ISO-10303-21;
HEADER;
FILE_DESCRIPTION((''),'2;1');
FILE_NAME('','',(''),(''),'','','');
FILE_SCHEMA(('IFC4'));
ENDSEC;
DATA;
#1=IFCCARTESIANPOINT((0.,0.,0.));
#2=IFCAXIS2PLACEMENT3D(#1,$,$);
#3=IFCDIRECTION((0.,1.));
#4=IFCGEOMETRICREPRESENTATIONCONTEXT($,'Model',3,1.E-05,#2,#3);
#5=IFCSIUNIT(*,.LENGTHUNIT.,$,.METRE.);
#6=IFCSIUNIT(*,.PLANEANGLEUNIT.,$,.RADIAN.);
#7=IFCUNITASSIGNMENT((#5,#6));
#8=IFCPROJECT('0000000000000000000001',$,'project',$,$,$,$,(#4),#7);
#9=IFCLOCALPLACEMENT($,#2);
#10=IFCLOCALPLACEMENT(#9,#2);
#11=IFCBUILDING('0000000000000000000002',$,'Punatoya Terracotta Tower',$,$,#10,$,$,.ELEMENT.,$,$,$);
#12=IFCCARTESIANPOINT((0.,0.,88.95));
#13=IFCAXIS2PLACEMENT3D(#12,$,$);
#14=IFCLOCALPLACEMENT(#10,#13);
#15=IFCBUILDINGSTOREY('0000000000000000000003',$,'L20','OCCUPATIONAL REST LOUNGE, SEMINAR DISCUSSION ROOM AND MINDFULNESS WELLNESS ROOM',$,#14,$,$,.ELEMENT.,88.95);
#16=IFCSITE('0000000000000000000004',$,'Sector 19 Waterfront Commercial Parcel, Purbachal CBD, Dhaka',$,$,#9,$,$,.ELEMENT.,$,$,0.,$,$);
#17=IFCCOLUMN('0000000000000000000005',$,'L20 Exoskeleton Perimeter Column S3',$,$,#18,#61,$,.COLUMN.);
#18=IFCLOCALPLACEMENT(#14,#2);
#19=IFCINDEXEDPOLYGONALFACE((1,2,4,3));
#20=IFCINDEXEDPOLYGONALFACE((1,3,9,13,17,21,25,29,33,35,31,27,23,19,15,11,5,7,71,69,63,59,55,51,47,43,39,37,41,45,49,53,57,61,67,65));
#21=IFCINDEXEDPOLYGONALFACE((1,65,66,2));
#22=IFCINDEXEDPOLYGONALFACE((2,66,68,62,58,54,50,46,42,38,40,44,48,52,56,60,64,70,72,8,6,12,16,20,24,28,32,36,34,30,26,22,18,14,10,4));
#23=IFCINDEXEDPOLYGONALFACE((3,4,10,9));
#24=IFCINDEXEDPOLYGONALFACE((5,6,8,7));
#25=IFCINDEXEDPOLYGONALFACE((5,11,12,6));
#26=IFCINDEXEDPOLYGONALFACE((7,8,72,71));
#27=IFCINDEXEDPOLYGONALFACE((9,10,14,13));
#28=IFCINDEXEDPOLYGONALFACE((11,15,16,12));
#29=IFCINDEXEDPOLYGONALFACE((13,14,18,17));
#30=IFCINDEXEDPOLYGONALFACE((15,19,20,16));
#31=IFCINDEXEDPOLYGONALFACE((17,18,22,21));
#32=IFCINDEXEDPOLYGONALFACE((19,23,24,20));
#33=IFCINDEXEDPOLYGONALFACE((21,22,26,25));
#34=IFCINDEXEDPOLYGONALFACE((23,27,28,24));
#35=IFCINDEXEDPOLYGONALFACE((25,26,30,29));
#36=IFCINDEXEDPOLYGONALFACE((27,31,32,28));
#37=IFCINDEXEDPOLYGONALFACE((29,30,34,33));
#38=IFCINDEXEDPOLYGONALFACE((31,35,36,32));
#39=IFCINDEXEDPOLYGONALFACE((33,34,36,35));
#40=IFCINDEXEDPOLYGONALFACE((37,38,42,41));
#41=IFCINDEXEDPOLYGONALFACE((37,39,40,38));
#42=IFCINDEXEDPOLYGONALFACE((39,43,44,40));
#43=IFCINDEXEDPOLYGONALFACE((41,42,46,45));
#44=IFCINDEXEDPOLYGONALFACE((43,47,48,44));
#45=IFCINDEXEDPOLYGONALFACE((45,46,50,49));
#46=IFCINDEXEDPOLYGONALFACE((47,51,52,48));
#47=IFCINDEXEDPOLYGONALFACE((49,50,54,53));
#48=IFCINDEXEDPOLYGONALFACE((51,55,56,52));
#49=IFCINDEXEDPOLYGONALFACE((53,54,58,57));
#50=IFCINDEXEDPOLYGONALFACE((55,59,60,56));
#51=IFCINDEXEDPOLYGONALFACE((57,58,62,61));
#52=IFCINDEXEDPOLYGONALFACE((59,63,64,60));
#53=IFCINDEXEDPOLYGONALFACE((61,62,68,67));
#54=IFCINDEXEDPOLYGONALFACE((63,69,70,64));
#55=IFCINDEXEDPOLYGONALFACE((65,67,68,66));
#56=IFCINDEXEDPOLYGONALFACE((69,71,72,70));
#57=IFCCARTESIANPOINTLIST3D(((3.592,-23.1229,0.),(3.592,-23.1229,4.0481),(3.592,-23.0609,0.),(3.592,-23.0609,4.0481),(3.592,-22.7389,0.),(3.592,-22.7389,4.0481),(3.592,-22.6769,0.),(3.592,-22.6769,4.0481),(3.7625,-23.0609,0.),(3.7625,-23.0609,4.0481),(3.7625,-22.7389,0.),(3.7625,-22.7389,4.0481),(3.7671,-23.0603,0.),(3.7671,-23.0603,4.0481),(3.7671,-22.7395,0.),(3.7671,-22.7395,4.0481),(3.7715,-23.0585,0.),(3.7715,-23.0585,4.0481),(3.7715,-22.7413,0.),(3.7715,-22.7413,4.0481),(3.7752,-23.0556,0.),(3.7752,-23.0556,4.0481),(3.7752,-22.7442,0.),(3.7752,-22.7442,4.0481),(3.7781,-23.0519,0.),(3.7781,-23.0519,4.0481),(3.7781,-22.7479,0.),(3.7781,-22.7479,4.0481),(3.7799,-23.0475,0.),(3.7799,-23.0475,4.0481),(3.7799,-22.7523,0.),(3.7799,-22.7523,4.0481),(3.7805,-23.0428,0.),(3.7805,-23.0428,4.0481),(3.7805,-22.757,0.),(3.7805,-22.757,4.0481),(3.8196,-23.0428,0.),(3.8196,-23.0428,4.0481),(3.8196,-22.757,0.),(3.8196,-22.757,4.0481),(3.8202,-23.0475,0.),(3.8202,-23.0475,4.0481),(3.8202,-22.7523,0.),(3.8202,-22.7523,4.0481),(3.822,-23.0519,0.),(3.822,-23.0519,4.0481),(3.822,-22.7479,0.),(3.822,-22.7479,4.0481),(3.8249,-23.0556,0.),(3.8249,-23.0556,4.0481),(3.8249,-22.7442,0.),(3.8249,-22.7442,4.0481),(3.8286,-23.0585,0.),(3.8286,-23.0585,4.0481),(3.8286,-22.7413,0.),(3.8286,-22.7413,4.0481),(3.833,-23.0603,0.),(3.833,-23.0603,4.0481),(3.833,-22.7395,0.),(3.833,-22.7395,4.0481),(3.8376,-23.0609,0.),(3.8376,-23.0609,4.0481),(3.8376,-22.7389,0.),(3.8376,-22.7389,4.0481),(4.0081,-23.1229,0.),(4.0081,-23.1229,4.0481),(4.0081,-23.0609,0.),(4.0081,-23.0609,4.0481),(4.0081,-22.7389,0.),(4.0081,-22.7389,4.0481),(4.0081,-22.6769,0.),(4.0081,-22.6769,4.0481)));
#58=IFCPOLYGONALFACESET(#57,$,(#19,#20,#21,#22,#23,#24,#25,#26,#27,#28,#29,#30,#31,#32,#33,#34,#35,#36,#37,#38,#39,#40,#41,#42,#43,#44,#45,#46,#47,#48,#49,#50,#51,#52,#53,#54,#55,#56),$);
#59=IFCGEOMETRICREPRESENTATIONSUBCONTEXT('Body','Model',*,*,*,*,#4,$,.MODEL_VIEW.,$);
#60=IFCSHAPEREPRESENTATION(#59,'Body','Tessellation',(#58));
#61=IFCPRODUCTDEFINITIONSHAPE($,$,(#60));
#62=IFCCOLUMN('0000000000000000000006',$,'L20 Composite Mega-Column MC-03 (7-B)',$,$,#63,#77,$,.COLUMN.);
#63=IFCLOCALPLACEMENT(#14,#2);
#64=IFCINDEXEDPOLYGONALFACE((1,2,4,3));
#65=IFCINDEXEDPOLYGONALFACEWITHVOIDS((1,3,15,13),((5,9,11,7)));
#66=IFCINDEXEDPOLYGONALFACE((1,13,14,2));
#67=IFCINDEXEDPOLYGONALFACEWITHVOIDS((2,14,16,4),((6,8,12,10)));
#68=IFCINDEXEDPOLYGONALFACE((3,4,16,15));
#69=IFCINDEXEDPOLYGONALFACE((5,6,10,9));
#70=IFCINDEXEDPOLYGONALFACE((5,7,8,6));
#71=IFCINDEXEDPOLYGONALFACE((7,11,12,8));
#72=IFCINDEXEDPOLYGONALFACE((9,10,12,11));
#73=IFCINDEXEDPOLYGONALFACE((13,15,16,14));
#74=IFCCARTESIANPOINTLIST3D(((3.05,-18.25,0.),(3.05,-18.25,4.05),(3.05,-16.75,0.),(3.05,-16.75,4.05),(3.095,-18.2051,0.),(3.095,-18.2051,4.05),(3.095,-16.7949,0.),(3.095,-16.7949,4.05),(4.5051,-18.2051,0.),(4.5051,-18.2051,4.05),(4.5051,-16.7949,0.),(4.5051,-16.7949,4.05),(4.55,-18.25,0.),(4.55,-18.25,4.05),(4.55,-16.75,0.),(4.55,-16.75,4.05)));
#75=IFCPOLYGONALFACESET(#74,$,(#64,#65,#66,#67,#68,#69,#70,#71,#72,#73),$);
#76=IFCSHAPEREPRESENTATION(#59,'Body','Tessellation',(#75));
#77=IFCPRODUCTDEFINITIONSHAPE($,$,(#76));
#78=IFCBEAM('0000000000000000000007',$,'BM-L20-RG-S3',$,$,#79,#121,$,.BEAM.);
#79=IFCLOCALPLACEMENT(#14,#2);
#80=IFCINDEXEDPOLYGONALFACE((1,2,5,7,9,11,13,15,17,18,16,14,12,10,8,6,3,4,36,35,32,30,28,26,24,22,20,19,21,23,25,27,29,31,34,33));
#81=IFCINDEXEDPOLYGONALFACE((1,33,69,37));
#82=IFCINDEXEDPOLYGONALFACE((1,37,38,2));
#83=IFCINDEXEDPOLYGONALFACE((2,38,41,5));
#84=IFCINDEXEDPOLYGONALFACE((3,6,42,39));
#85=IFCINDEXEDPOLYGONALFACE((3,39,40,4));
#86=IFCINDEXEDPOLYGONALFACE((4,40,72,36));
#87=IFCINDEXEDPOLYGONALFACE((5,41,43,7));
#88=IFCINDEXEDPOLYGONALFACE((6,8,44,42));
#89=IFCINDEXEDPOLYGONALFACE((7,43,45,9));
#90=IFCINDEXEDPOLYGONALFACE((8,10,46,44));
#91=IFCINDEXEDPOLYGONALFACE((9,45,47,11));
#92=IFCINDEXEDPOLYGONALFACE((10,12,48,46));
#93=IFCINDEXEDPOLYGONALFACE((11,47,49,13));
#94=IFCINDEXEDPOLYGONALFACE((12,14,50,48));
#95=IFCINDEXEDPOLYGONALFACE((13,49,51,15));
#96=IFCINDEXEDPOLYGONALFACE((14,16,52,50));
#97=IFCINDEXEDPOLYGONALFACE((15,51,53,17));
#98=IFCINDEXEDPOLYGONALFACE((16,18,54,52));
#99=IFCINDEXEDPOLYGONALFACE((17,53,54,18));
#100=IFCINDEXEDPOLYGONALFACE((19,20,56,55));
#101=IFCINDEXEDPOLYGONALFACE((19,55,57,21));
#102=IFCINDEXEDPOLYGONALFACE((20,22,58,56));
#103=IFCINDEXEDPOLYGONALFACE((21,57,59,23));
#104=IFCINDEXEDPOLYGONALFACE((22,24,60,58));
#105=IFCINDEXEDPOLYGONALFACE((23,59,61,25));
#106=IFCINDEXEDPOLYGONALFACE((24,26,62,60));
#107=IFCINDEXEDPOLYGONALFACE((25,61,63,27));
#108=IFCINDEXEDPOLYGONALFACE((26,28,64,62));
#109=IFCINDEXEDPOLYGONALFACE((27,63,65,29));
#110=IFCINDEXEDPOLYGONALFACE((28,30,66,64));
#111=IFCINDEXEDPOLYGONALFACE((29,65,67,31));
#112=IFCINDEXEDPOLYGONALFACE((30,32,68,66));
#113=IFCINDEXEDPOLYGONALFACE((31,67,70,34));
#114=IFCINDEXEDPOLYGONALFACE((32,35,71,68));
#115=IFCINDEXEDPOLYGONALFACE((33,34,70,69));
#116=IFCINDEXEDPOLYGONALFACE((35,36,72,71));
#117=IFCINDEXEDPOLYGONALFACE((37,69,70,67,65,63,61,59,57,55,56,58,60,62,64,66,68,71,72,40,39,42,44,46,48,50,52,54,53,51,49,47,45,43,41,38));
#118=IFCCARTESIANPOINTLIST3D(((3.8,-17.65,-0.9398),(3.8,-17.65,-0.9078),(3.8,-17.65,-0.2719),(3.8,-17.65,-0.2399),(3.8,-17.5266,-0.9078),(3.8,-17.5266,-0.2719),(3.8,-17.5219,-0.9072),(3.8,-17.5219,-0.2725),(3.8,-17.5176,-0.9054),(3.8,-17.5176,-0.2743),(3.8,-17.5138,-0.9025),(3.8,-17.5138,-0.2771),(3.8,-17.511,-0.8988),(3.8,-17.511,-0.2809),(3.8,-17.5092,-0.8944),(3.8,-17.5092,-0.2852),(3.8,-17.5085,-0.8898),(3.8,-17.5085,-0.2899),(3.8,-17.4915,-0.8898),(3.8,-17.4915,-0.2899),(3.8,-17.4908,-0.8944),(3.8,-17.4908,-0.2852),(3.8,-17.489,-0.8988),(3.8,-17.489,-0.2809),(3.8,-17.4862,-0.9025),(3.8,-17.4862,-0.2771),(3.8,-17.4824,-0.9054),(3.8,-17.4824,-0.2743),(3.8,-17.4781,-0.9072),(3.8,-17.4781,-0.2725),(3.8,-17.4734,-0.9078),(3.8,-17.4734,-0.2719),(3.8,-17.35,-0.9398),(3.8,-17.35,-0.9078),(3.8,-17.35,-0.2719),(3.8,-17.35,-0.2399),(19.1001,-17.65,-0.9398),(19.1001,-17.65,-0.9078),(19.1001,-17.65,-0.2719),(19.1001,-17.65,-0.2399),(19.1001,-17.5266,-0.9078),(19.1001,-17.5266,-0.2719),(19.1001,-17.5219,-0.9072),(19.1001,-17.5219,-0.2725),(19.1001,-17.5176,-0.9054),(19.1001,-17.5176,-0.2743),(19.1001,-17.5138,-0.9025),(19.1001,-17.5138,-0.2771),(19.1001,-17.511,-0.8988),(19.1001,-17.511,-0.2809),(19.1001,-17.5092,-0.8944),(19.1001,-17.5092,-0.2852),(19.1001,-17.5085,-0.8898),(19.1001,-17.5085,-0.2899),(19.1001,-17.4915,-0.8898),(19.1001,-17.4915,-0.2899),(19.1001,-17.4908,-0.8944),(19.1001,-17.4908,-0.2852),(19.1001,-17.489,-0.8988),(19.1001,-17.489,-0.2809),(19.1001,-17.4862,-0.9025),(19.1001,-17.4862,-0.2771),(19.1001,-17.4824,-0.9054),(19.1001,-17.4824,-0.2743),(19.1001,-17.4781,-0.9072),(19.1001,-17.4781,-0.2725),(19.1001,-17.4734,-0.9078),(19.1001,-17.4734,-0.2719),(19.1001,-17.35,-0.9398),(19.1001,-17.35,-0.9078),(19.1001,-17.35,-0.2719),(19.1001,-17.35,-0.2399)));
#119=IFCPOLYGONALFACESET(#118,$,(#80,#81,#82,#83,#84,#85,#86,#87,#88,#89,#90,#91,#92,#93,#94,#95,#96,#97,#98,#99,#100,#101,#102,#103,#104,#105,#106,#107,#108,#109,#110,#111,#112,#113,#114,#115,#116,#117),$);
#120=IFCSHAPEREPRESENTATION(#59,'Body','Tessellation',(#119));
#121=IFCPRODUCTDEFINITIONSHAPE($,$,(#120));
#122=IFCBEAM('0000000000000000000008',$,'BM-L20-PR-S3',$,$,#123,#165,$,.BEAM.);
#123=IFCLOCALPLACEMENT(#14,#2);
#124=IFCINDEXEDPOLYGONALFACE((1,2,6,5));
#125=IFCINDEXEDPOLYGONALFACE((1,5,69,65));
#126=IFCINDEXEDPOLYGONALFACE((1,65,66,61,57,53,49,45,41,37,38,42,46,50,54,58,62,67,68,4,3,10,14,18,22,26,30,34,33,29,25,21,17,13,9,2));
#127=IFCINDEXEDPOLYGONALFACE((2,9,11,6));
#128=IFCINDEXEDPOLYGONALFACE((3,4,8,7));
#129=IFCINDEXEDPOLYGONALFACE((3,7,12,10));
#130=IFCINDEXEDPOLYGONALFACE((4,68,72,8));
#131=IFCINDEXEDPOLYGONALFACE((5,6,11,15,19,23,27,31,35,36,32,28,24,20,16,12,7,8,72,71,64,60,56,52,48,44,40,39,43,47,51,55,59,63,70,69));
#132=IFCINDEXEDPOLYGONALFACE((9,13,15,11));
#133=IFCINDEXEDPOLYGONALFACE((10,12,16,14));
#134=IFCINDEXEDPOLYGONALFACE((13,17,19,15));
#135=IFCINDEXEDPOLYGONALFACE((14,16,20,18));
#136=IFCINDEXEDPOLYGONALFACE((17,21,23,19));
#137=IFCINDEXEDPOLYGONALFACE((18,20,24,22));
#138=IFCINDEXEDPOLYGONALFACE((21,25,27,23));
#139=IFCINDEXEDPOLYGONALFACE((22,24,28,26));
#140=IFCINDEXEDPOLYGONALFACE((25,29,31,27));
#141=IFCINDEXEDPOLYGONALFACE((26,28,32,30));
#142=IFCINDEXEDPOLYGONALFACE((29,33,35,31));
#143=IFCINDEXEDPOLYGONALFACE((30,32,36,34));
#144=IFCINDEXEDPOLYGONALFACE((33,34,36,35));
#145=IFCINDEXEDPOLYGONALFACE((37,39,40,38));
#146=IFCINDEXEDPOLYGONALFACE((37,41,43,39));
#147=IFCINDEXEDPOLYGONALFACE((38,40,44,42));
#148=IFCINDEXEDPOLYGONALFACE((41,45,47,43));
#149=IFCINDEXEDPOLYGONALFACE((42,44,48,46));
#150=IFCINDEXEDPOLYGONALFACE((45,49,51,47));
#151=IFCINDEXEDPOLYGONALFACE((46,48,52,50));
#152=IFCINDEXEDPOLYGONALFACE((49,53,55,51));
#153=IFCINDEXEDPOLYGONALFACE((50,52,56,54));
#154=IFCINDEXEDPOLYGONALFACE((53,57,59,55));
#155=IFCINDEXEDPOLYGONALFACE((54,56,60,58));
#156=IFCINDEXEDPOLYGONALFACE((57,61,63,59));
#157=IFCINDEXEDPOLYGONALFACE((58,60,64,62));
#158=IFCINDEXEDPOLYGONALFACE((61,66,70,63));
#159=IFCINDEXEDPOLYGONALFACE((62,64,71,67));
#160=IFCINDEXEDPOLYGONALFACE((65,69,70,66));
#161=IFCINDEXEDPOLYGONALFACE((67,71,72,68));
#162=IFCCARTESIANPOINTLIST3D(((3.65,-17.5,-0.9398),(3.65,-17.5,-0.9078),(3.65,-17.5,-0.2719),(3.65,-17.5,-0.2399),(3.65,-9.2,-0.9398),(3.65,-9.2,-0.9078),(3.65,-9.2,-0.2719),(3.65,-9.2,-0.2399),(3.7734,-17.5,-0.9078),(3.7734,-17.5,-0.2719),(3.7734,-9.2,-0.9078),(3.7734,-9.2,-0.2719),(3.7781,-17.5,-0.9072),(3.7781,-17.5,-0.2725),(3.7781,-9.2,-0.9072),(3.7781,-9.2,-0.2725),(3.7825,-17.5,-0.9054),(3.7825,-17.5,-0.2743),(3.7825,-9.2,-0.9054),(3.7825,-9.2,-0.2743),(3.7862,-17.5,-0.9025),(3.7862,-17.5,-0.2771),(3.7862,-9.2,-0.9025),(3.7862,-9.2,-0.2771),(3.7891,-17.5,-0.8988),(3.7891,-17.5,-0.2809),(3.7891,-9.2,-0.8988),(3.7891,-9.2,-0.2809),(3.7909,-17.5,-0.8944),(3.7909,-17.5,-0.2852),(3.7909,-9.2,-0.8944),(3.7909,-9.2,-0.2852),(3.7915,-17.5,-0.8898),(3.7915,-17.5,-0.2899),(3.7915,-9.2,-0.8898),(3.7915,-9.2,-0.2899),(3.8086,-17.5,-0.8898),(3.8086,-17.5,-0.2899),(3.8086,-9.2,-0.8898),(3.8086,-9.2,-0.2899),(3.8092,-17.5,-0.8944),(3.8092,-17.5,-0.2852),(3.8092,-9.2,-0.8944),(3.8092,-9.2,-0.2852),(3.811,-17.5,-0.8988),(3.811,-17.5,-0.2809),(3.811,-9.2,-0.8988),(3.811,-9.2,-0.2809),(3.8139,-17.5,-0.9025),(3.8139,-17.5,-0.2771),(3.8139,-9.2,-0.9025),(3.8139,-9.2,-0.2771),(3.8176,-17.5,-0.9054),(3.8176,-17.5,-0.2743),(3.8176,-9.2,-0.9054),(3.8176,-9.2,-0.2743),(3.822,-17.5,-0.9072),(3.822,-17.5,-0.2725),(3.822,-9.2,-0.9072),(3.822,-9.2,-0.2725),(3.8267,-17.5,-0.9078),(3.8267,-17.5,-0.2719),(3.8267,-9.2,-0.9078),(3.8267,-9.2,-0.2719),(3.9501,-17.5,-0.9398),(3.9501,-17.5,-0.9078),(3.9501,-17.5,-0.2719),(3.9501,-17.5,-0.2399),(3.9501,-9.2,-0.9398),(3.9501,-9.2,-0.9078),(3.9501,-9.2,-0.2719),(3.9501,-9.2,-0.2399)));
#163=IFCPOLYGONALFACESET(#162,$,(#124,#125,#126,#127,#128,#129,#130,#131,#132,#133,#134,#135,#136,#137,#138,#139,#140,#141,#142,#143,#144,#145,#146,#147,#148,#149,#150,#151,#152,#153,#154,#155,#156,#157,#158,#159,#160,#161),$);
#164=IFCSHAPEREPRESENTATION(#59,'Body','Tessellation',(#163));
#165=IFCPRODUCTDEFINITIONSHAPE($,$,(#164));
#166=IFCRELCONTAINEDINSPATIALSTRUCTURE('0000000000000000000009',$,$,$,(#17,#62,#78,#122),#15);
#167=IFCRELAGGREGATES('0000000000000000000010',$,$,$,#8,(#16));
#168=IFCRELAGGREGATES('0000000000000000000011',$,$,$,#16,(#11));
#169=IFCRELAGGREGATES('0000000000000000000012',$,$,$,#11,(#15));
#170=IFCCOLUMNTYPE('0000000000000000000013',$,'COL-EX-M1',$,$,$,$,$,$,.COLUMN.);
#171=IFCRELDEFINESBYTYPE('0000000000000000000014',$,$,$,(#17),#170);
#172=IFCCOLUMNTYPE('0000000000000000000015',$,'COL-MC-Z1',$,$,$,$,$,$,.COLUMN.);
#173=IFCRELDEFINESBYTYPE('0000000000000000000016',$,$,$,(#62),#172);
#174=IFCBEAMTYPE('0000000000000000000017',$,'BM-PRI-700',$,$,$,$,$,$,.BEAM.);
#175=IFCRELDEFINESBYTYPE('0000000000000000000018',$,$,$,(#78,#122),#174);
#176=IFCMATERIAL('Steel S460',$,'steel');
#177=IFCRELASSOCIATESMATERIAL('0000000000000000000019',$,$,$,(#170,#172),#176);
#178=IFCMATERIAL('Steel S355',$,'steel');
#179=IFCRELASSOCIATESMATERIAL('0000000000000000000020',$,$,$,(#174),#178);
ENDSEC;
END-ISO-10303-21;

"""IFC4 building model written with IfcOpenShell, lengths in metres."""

from ifc_helpers import new_model, si_unit, direction, frame, origin, origin_2d, place, context, subcontext, project, spatial, hollow_rectangle, i_section, extrude, material, material_profile, profile_set, type_object, element, save


model = new_model("IFC4")

# Units and contexts
model_context = context("Model", 3, precision=1e-05, world=origin(), true_north=direction((0.0, 1.0)))
body_context = subcontext(model_context, "Body", "Model", "MODEL_VIEW")
ifc_project = project(units=[si_unit("LENGTHUNIT", "METRE"), si_unit("PLANEANGLEUNIT", "RADIAN")], contexts=[model_context])

# Site, building, storey
site_placement = place(None, origin())
site = spatial("IfcSite", under=ifc_project, at=site_placement, Name="Sector 19 Waterfront Commercial Parcel, Purbachal CBD, Dhaka", CompositionType="ELEMENT", RefElevation=0.0)
building_placement = place(site_placement, origin())
building = spatial("IfcBuilding", under=site, at=building_placement, Name="Punatoya Terracotta Tower", CompositionType="ELEMENT")
storey_placement = place(building_placement, frame((0.0, 0.0, 88.95)))
storey = spatial("IfcBuildingStorey", under=building, at=storey_placement, Name="L20", Description="OCCUPATIONAL REST LOUNGE, SEMINAR DISCUSSION ROOM AND MINDFULNESS WELLNESS ROOM", CompositionType="ELEMENT", Elevation=88.95)

# Columns
ifc_material_1 = material(Name="Steel S460", Category="steel")
ifc_material_profile_1 = material_profile(ifc_material_1, i_section(OverallWidth=0.416, OverallDepth=0.446, WebThickness=0.0391, FlangeThickness=0.062, FilletRadius=0.0181, at=origin_2d()))
ifc_profile_set_1 = profile_set([ifc_material_profile_1], Name="Steel S460")
column_type_1 = type_object("IfcColumnType", Name="COL-EX-M1", PredefinedType="COLUMN", material=ifc_profile_set_1)
column_1_placement = place(storey_placement, frame((3.8, -22.8999, 0.0), z_axis=(0.0, 0.0, 1.0), x_axis=(1.0, 0.0, 0.0)))
element("IfcColumn", 1, at=column_1_placement, inside=storey, type_object=column_type_1, Name="L20 Exoskeleton Perimeter Column S3", PredefinedType="COLUMN", context=body_context, shape_type="SweptSolid", body=[
    extrude(i_section(OverallWidth=0.416, OverallDepth=0.446, WebThickness=0.0391, FlangeThickness=0.062, FilletRadius=0.0181, at=origin_2d()), origin(), (0.0, 0.0, 1.0), 4.0481),
])
ifc_material_profile_2 = material_profile(ifc_material_1, hollow_rectangle(XDim=1.5, YDim=1.5, WallThickness=0.0449, at=origin_2d()))
ifc_profile_set_2 = profile_set([ifc_material_profile_2], Name="Steel S460")
column_type_2 = type_object("IfcColumnType", Name="COL-MC-Z1", PredefinedType="COLUMN", material=ifc_profile_set_2)
column_2_placement = place(storey_placement, frame((3.8, -17.5, 0.0), z_axis=(0.0, 0.0, 1.0), x_axis=(1.0, 0.0, 0.0)))
element("IfcColumn", 2, at=column_2_placement, inside=storey, type_object=column_type_2, Name="L20 Composite Mega-Column MC-03 (7-B)", PredefinedType="COLUMN", context=body_context, shape_type="SweptSolid", body=[
    extrude(hollow_rectangle(XDim=1.5, YDim=1.5, WallThickness=0.0449, at=origin_2d()), origin(), (0.0, 0.0, 1.0), 4.05),
])

# Beams
ifc_material_2 = material(Name="Steel S355", Category="steel")
ifc_material_profile_3 = material_profile(ifc_material_2, i_section(OverallWidth=0.3, OverallDepth=0.7, WebThickness=0.0171, FlangeThickness=0.032, FilletRadius=0.0181, at=origin_2d()))
ifc_profile_set_3 = profile_set([ifc_material_profile_3], Name="Steel S355")
beam_type_1 = type_object("IfcBeamType", Name="BM-PRI-700", PredefinedType="BEAM", material=ifc_profile_set_3)
beam_1_placement = place(storey_placement, frame((3.8, -17.5, -0.5898), z_axis=(1.0, 0.0, 0.0), x_axis=(0.0, 1.0, 0.0)))
element("IfcBeam", 3, at=beam_1_placement, inside=storey, type_object=beam_type_1, Name="BM-L20-RG-S3", PredefinedType="BEAM", context=body_context, shape_type="SweptSolid", body=[
    extrude(i_section(OverallWidth=0.3, OverallDepth=0.7, WebThickness=0.0171, FlangeThickness=0.032, FilletRadius=0.0181, at=origin_2d()), origin(), (0.0, 0.0, 1.0), 15.3),
])
for number, where, z_axis, x_axis, name in (
    (4, (3.8, -17.5, -0.5898), (0.0, 1.0, 0.0), (-1.0, 0.0, 0.0), "BM-L20-PR-S3"),
):
    element("IfcBeam", number, at=place(storey_placement, frame(where, z_axis=z_axis, x_axis=x_axis)), inside=storey, type_object=beam_type_1, Name=name, PredefinedType="BEAM", context=body_context, shape_type="SweptSolid", body=[
        extrude(i_section(OverallWidth=0.3, OverallDepth=0.7, WebThickness=0.0171, FlangeThickness=0.032, FilletRadius=0.0181, at=origin_2d()), origin(), (0.0, 0.0, 1.0), 8.3),
    ])

save(model, "model.ifc")
